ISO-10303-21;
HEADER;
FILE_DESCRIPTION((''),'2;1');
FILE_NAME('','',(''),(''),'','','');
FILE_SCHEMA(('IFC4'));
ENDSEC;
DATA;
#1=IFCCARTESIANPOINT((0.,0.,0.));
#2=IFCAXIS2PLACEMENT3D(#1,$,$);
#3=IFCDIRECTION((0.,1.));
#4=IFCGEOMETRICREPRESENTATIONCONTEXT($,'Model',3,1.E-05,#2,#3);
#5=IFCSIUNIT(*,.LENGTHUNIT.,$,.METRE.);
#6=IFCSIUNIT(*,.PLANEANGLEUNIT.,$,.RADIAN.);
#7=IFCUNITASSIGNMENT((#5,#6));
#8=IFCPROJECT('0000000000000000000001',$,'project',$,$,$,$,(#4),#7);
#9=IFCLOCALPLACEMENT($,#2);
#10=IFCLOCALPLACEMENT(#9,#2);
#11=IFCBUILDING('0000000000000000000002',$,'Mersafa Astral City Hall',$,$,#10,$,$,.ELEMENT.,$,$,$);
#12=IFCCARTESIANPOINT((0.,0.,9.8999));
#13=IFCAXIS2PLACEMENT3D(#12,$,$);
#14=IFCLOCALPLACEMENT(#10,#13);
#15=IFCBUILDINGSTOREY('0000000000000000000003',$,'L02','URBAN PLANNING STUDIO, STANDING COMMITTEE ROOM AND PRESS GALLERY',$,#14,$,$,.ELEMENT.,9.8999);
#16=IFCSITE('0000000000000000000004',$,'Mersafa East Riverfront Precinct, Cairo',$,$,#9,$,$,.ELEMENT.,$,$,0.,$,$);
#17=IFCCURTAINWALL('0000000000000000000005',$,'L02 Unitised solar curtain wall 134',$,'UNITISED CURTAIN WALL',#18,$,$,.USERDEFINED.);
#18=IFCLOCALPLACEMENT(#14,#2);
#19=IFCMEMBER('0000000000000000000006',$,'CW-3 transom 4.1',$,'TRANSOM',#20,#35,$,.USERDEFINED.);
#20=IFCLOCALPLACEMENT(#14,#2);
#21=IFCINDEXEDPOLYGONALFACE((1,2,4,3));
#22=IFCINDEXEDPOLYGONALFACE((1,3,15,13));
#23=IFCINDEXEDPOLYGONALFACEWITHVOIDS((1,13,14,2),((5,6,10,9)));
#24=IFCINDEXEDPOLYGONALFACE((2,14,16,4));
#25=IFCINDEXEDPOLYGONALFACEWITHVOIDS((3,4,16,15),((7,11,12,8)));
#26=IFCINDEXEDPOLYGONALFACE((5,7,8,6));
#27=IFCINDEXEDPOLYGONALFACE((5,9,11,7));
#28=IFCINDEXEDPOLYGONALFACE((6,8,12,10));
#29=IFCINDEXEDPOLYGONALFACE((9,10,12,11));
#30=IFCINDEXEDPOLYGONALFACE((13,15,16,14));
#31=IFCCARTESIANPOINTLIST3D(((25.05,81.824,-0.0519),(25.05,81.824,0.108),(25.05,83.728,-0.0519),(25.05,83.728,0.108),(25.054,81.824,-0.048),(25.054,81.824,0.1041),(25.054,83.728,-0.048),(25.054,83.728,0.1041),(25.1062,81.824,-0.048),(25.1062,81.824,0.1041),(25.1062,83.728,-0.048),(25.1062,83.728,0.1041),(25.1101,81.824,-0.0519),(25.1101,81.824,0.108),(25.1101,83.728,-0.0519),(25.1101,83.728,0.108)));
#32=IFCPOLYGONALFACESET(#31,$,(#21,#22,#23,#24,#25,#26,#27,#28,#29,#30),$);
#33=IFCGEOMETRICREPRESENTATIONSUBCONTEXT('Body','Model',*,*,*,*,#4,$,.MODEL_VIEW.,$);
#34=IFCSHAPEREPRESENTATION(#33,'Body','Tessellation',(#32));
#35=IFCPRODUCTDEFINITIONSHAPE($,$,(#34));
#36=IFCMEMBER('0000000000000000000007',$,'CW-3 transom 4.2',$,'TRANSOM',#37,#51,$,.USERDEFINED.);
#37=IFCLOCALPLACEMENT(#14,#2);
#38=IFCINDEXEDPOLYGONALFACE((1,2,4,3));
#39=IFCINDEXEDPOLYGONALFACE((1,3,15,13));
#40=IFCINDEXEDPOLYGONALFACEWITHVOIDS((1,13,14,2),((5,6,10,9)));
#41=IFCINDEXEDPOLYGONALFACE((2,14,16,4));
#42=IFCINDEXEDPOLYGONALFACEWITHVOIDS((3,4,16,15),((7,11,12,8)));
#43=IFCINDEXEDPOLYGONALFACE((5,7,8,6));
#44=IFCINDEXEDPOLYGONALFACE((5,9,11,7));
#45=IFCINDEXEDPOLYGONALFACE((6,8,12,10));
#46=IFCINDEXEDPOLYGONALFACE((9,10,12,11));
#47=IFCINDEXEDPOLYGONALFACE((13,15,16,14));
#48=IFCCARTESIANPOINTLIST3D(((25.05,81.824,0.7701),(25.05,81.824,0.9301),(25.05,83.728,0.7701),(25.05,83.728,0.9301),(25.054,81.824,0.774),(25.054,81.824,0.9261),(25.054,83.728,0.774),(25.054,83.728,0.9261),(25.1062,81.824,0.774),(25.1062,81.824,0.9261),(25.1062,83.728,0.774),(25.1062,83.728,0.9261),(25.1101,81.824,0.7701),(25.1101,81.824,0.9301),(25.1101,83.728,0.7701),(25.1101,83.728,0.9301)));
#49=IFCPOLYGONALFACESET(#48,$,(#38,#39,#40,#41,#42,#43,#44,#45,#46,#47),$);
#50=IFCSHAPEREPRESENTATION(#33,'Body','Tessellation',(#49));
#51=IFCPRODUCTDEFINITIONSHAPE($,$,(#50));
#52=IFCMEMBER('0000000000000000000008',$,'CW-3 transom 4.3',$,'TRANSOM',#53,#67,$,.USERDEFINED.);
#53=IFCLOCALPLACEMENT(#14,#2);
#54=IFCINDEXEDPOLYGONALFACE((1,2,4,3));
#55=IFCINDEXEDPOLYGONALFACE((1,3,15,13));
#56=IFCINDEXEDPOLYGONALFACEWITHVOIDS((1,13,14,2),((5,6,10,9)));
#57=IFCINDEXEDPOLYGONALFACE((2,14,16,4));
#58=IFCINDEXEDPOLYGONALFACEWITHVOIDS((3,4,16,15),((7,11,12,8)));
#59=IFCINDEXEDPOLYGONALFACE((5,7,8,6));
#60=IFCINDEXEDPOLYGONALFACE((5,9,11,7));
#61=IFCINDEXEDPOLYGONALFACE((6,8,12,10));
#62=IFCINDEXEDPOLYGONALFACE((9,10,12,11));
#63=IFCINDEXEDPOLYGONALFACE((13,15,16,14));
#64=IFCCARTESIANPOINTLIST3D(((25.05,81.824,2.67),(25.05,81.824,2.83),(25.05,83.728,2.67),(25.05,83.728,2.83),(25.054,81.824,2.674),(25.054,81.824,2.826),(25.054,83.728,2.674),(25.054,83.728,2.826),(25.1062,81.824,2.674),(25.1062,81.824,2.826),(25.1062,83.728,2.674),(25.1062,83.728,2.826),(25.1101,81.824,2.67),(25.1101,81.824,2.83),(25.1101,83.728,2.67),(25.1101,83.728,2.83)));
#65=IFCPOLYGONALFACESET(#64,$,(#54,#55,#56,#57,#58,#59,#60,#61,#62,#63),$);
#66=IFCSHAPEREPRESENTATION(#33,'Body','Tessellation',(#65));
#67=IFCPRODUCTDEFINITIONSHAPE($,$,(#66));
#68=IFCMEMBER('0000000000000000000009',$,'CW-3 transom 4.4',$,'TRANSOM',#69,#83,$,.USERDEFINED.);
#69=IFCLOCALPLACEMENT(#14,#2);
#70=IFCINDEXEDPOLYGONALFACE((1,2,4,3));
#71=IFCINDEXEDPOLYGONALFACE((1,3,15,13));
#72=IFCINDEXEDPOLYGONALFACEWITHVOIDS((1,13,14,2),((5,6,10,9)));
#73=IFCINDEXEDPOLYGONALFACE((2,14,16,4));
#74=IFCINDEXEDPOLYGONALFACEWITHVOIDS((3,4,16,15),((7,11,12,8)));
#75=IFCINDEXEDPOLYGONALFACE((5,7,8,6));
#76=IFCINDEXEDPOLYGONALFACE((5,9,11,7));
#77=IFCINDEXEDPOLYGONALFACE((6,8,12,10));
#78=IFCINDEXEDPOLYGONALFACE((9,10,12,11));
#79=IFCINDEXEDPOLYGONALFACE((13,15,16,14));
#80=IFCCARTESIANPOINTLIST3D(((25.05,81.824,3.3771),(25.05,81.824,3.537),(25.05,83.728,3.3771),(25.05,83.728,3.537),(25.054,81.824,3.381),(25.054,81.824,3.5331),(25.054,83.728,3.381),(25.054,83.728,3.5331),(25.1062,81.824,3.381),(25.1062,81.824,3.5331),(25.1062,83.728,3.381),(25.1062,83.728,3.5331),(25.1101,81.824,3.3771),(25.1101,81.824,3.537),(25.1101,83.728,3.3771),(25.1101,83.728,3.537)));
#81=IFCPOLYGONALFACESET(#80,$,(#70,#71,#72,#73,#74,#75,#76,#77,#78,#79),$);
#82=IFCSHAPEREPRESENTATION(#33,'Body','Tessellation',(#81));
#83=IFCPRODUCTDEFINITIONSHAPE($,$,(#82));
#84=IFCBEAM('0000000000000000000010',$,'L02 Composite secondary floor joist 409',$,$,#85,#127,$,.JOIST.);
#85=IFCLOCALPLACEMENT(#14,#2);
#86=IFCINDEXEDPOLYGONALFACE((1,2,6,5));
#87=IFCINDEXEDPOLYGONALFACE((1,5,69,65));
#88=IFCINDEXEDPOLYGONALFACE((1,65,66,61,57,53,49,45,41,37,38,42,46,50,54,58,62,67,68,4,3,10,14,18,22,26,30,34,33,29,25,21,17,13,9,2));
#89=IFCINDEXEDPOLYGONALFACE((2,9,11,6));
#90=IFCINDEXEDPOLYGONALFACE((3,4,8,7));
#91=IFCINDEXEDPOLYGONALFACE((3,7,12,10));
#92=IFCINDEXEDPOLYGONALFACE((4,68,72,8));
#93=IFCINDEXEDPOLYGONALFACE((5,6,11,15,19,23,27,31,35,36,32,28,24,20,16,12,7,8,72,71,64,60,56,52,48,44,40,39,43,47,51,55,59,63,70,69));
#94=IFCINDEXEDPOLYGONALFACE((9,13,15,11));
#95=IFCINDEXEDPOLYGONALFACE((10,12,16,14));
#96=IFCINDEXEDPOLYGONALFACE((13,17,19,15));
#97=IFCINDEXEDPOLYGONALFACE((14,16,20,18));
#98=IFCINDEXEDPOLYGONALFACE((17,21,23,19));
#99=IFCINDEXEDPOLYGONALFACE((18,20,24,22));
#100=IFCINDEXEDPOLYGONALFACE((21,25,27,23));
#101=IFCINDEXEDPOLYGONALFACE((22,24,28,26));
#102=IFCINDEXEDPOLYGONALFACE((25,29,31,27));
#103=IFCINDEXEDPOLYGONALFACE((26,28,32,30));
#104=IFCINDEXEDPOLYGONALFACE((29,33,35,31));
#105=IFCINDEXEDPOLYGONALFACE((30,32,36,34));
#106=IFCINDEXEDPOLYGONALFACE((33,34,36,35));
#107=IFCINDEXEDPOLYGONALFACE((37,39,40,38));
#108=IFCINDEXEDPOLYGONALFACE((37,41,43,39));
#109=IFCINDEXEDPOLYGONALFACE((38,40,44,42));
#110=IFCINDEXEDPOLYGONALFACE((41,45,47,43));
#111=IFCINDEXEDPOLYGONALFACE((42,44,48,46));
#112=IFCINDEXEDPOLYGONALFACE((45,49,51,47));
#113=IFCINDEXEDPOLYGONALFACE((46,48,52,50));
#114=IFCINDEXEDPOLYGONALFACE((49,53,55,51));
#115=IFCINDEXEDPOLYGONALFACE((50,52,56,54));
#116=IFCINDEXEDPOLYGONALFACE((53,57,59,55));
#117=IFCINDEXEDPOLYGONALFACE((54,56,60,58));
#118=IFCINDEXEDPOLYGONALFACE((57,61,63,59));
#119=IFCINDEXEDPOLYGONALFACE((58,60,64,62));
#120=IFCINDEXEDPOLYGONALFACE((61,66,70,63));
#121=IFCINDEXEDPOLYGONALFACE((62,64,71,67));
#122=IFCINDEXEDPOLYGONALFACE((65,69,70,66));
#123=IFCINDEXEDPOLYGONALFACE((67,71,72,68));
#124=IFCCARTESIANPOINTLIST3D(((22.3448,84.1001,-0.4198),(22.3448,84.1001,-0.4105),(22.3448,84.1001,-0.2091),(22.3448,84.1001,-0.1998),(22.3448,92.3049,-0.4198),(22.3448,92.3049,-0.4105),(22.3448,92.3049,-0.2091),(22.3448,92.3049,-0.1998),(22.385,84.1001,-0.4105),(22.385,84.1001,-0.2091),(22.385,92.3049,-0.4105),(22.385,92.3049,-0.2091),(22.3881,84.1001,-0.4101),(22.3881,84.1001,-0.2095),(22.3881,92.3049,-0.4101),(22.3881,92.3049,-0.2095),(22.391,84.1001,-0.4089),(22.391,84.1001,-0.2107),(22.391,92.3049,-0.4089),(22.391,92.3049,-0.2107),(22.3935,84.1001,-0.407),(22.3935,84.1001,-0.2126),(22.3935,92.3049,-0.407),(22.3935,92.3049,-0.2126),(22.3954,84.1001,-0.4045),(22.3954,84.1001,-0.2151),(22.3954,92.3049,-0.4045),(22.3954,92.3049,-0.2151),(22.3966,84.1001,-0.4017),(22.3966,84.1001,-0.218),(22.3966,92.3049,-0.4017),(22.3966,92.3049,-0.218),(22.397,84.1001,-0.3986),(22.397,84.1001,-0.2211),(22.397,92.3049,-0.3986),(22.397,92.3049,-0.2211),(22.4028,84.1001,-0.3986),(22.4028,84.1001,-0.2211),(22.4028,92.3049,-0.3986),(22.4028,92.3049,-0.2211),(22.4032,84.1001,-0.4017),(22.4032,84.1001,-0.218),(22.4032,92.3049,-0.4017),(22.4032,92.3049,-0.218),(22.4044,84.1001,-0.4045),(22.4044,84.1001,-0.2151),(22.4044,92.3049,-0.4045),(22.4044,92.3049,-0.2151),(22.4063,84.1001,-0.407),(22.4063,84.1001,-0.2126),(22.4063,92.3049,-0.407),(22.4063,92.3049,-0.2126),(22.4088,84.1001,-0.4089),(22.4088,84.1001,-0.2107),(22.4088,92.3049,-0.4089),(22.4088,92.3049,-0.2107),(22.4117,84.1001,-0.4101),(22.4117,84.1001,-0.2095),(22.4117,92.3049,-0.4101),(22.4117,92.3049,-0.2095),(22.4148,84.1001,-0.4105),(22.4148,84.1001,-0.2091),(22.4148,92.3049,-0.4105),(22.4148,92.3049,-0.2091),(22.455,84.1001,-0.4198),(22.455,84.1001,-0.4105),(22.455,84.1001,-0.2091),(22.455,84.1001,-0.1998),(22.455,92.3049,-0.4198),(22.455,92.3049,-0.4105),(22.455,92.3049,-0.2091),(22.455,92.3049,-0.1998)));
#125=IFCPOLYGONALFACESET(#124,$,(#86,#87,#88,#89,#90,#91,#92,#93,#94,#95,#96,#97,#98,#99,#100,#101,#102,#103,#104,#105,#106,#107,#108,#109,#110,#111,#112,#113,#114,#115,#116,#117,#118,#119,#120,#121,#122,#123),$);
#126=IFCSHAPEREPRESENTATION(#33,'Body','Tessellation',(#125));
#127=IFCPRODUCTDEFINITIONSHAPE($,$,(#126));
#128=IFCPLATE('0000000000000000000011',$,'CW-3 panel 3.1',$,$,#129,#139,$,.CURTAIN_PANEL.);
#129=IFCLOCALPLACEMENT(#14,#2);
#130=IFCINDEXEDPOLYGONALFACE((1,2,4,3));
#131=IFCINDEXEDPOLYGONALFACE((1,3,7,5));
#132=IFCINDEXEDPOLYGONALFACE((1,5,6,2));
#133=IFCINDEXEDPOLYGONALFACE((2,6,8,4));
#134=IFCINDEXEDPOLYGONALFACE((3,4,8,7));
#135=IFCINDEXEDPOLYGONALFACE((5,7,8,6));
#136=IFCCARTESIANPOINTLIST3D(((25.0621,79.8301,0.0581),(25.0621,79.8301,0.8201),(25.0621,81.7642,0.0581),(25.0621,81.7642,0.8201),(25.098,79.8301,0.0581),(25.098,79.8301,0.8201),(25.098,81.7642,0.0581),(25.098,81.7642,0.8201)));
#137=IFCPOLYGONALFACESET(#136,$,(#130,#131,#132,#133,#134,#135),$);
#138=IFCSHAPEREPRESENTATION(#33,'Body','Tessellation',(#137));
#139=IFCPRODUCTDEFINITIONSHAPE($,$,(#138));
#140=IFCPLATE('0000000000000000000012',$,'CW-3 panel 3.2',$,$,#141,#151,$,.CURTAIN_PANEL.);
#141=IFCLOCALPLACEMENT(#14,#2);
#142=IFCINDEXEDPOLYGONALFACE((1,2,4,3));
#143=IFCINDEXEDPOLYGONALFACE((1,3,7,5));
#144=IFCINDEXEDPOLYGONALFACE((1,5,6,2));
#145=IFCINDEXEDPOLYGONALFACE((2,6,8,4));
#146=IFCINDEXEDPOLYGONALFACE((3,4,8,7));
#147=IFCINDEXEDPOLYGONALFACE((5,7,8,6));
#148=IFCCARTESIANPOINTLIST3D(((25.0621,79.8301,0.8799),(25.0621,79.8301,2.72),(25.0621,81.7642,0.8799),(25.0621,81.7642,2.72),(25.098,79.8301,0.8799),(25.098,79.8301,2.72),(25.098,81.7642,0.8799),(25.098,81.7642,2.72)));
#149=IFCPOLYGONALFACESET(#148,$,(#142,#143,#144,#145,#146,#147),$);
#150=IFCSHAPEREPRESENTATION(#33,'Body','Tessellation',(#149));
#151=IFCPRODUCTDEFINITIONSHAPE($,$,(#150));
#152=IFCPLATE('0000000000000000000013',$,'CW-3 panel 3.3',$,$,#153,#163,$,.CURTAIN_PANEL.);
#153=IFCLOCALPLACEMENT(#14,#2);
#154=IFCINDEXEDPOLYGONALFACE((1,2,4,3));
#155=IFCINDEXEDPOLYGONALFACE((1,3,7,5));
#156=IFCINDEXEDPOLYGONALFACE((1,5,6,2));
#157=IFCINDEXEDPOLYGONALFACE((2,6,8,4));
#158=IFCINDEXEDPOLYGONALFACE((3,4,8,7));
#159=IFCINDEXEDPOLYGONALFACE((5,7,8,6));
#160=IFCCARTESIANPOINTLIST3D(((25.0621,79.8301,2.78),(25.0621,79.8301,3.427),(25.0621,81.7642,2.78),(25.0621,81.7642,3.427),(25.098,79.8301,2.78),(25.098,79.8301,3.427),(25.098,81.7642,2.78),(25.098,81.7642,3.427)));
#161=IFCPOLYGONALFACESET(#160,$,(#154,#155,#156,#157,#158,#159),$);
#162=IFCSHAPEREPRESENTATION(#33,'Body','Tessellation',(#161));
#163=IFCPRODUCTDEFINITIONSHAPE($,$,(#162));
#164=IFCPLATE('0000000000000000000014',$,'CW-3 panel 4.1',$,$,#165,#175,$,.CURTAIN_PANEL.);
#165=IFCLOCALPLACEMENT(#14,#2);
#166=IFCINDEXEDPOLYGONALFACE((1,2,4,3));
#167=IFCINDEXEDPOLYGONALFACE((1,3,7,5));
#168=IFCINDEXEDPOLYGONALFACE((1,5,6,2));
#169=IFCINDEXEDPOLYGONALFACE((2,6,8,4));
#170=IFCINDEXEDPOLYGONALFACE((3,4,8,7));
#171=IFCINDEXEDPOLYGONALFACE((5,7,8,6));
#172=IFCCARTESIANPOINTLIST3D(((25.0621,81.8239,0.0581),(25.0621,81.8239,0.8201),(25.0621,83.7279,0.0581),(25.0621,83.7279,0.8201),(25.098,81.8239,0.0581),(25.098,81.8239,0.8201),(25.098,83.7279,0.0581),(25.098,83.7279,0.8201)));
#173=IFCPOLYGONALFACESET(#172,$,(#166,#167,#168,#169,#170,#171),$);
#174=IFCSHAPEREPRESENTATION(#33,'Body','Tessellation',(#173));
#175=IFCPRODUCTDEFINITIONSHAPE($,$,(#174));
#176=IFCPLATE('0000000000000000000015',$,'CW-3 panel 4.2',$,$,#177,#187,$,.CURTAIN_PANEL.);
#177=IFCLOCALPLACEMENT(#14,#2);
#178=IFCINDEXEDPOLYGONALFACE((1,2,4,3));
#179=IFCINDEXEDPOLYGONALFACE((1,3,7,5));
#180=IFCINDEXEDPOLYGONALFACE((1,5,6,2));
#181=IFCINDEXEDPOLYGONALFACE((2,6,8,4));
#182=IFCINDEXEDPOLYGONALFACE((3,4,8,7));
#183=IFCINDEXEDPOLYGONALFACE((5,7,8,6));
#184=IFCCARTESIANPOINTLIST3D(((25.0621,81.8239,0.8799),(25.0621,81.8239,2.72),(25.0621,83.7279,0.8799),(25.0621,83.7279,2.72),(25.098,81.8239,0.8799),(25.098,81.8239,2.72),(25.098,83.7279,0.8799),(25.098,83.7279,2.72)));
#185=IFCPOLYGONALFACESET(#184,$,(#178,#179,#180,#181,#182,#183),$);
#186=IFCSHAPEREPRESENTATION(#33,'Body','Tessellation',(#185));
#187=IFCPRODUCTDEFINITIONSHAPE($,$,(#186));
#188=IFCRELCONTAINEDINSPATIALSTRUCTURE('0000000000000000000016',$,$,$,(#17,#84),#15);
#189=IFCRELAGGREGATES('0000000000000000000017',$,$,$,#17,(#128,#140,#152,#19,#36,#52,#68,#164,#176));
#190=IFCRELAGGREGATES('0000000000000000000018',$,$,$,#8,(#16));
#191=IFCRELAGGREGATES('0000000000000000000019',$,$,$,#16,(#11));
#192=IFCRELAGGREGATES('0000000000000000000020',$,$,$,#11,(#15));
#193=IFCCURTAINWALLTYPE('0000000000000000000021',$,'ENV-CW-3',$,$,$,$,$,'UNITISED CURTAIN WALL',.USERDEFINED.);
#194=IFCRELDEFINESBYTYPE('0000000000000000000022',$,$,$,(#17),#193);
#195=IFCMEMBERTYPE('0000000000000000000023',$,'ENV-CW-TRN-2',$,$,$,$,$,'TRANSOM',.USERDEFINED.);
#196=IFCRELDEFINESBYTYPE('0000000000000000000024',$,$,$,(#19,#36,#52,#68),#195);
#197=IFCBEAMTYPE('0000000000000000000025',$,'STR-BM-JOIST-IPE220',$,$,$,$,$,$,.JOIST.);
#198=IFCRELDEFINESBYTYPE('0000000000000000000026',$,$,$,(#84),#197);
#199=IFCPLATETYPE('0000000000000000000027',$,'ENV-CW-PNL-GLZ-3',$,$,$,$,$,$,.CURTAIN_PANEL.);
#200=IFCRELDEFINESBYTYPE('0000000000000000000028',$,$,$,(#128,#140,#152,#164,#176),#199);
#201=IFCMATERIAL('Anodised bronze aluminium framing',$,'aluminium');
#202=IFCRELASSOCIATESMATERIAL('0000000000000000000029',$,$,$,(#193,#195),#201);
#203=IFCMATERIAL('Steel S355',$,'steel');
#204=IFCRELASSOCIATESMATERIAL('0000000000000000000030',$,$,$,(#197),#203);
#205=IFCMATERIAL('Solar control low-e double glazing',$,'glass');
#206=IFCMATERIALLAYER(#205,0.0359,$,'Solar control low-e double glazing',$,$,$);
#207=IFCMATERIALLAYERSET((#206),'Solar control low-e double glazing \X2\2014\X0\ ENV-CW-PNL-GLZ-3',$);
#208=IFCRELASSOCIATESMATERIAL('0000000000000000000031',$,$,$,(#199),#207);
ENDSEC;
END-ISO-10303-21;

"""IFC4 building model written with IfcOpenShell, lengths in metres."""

from ifc_helpers import new_model, si_unit, direction, frame, origin, origin_2d, place, context, subcontext, project, spatial, rectangle, hollow_rectangle, i_section, extrude, material, layer, layer_set, material_profile, profile_set, type_object, element, aggregate, save


model = new_model("IFC4")

# Units and contexts
model_context = context("Model", 3, precision=1e-05, world=origin(), true_north=direction((0.0, 1.0)))
body_context = subcontext(model_context, "Body", "Model", "MODEL_VIEW")
ifc_project = project(units=[si_unit("LENGTHUNIT", "METRE"), si_unit("PLANEANGLEUNIT", "RADIAN")], contexts=[model_context])

# Site, building, storey
site_placement = place(None, origin())
site = spatial("IfcSite", under=ifc_project, at=site_placement, Name="Mersafa East Riverfront Precinct, Cairo", CompositionType="ELEMENT", RefElevation=0.0)
building_placement = place(site_placement, origin())
building = spatial("IfcBuilding", under=site, at=building_placement, Name="Mersafa Astral City Hall", CompositionType="ELEMENT")
storey_placement = place(building_placement, frame((0.0, 0.0, 9.8999)))
storey = spatial("IfcBuildingStorey", under=building, at=storey_placement, Name="L02", Description="URBAN PLANNING STUDIO, STANDING COMMITTEE ROOM AND PRESS GALLERY", CompositionType="ELEMENT", Elevation=9.8999)

# Curtain wall
ifc_material_1 = material(Name="Anodised bronze aluminium framing", Category="aluminium")
curtain_wall_type_1 = type_object("IfcCurtainWallType", Name="ENV-CW-3", ElementType="UNITISED CURTAIN WALL", PredefinedType="USERDEFINED", material=ifc_material_1)
curtain_wall_1_placement = place(storey_placement, origin())
curtain_wall_1 = element("IfcCurtainWall", 1, at=curtain_wall_1_placement, inside=storey, type_object=curtain_wall_type_1, Name="L02 Unitised solar curtain wall 134", ObjectType="UNITISED CURTAIN WALL", PredefinedType="USERDEFINED")

# Members
ifc_material_profile_1 = material_profile(ifc_material_1, hollow_rectangle(XDim=0.0601, YDim=0.1599, WallThickness=0.0039, at=origin_2d()), Name="RHS 60x160x4")
ifc_profile_set_1 = profile_set([ifc_material_profile_1], Name="Anodised bronze aluminium framing")
member_type_1 = type_object("IfcMemberType", Name="ENV-CW-TRN-2", ElementType="TRANSOM", PredefinedType="USERDEFINED", material=ifc_profile_set_1)
member_1_placement = place(storey_placement, frame((25.0801, 81.824, 0.0281), z_axis=(0.0, 1.0, 0.0), x_axis=(-1.0, 0.0, 0.0)))
member_1 = element("IfcMember", 2, at=member_1_placement, type_object=member_type_1, Name="CW-3 transom 4.1", ObjectType="TRANSOM", PredefinedType="USERDEFINED", context=body_context, shape_type="SweptSolid", body=[
    extrude(hollow_rectangle(XDim=0.0601, YDim=0.1599, WallThickness=0.0039, at=origin_2d()), origin(), (0.0, 0.0, 1.0), 1.9041),
])
member_2_placement = place(storey_placement, frame((25.0801, 81.824, 0.8501), z_axis=(0.0, 1.0, 0.0), x_axis=(-1.0, 0.0, 0.0)))
member_2 = element("IfcMember", 3, at=member_2_placement, type_object=member_type_1, Name="CW-3 transom 4.2", ObjectType="TRANSOM", PredefinedType="USERDEFINED", context=body_context, shape_type="SweptSolid", body=[
    extrude(hollow_rectangle(XDim=0.0601, YDim=0.1599, WallThickness=0.0039, at=origin_2d()), origin(), (0.0, 0.0, 1.0), 1.9041),
])
member_3_placement = place(storey_placement, frame((25.0801, 81.824, 2.75), z_axis=(0.0, 1.0, 0.0), x_axis=(-1.0, 0.0, 0.0)))
member_3 = element("IfcMember", 4, at=member_3_placement, type_object=member_type_1, Name="CW-3 transom 4.3", ObjectType="TRANSOM", PredefinedType="USERDEFINED", context=body_context, shape_type="SweptSolid", body=[
    extrude(hollow_rectangle(XDim=0.0601, YDim=0.1599, WallThickness=0.0039, at=origin_2d()), origin(), (0.0, 0.0, 1.0), 1.9041),
])
member_4_placement = place(storey_placement, frame((25.0801, 81.824, 3.457), z_axis=(0.0, 1.0, 0.0), x_axis=(-1.0, 0.0, 0.0)))
member_4 = element("IfcMember", 5, at=member_4_placement, type_object=member_type_1, Name="CW-3 transom 4.4", ObjectType="TRANSOM", PredefinedType="USERDEFINED", context=body_context, shape_type="SweptSolid", body=[
    extrude(hollow_rectangle(XDim=0.0601, YDim=0.1599, WallThickness=0.0039, at=origin_2d()), origin(), (0.0, 0.0, 1.0), 1.9041),
])

# Beam
ifc_material_2 = material(Name="Steel S355", Category="steel")
ifc_material_profile_2 = material_profile(ifc_material_2, i_section(OverallWidth=0.1101, OverallDepth=0.22, WebThickness=0.0059, FlangeThickness=0.0093, FilletRadius=0.012, at=origin_2d()), Name="IPE 220")
ifc_profile_set_2 = profile_set([ifc_material_profile_2], Name="Steel S355")
beam_type = type_object("IfcBeamType", Name="STR-BM-JOIST-IPE220", PredefinedType="JOIST", material=ifc_profile_set_2)
beam_placement = place(storey_placement, frame((22.3999, 84.1001, -0.3098), z_axis=(0.0, 1.0, 0.0), x_axis=(-1.0, 0.0, 0.0)))
element("IfcBeam", 6, at=beam_placement, inside=storey, type_object=beam_type, Name="L02 Composite secondary floor joist 409", PredefinedType="JOIST", context=body_context, shape_type="SweptSolid", body=[
    extrude(i_section(OverallWidth=0.1101, OverallDepth=0.22, WebThickness=0.0059, FlangeThickness=0.0093, FilletRadius=0.012, at=origin_2d()), origin(), (0.0, 0.0, 1.0), 8.2048),
])

# Plates
ifc_material_3 = material(Name="Solar control low-e double glazing", Category="glass")
ifc_layer_1 = layer(ifc_material_3, 0.0359, Name="Solar control low-e double glazing")
ifc_layer_set_1 = layer_set([ifc_layer_1], Name="Solar control low-e double glazing — ENV-CW-PNL-GLZ-3")
plate_type_1 = type_object("IfcPlateType", Name="ENV-CW-PNL-GLZ-3", PredefinedType="CURTAIN_PANEL", material=ifc_layer_set_1)
plate_1_placement = place(storey_placement, frame((25.0801, 80.7971, 0.0581), z_axis=(0.0, 0.0, 1.0), x_axis=(0.0, 1.0, 0.0)))
plate_1 = element("IfcPlate", 7, at=plate_1_placement, type_object=plate_type_1, Name="CW-3 panel 3.1", PredefinedType="CURTAIN_PANEL", context=body_context, shape_type="SweptSolid", body=[
    extrude(rectangle(XDim=1.9341, YDim=0.0359, at=origin_2d()), origin(), (0.0, 0.0, 1.0), 0.762),
])
plate_2_placement = place(storey_placement, frame((25.0801, 80.7971, 0.8799), z_axis=(0.0, 0.0, 1.0), x_axis=(0.0, 1.0, 0.0)))
plate_2 = element("IfcPlate", 8, at=plate_2_placement, type_object=plate_type_1, Name="CW-3 panel 3.2", PredefinedType="CURTAIN_PANEL", context=body_context, shape_type="SweptSolid", body=[
    extrude(rectangle(XDim=1.9341, YDim=0.0359, at=origin_2d()), origin(), (0.0, 0.0, 1.0), 1.8401),
])
plate_3_placement = place(storey_placement, frame((25.0801, 80.7971, 2.78), z_axis=(0.0, 0.0, 1.0), x_axis=(0.0, 1.0, 0.0)))
plate_3 = element("IfcPlate", 9, at=plate_3_placement, type_object=plate_type_1, Name="CW-3 panel 3.3", PredefinedType="CURTAIN_PANEL", context=body_context, shape_type="SweptSolid", body=[
    extrude(rectangle(XDim=1.9341, YDim=0.0359, at=origin_2d()), origin(), (0.0, 0.0, 1.0), 0.647),
])
plate_4_placement = place(storey_placement, frame((25.0801, 82.7759, 0.0581), z_axis=(0.0, 0.0, 1.0), x_axis=(0.0, 1.0, 0.0)))
plate_4 = element("IfcPlate", 10, at=plate_4_placement, type_object=plate_type_1, Name="CW-3 panel 4.1", PredefinedType="CURTAIN_PANEL", context=body_context, shape_type="SweptSolid", body=[
    extrude(rectangle(XDim=1.9041, YDim=0.0359, at=origin_2d()), origin(), (0.0, 0.0, 1.0), 0.762),
])
plate_5_placement = place(storey_placement, frame((25.0801, 82.7759, 0.8799), z_axis=(0.0, 0.0, 1.0), x_axis=(0.0, 1.0, 0.0)))
plate_5 = element("IfcPlate", 11, at=plate_5_placement, type_object=plate_type_1, Name="CW-3 panel 4.2", PredefinedType="CURTAIN_PANEL", context=body_context, shape_type="SweptSolid", body=[
    extrude(rectangle(XDim=1.9041, YDim=0.0359, at=origin_2d()), origin(), (0.0, 0.0, 1.0), 1.8401),
])
aggregate(curtain_wall_1, [plate_1, plate_2, plate_3, member_1, member_2, member_3, member_4, plate_4, plate_5])

save(model, "model.ifc")
